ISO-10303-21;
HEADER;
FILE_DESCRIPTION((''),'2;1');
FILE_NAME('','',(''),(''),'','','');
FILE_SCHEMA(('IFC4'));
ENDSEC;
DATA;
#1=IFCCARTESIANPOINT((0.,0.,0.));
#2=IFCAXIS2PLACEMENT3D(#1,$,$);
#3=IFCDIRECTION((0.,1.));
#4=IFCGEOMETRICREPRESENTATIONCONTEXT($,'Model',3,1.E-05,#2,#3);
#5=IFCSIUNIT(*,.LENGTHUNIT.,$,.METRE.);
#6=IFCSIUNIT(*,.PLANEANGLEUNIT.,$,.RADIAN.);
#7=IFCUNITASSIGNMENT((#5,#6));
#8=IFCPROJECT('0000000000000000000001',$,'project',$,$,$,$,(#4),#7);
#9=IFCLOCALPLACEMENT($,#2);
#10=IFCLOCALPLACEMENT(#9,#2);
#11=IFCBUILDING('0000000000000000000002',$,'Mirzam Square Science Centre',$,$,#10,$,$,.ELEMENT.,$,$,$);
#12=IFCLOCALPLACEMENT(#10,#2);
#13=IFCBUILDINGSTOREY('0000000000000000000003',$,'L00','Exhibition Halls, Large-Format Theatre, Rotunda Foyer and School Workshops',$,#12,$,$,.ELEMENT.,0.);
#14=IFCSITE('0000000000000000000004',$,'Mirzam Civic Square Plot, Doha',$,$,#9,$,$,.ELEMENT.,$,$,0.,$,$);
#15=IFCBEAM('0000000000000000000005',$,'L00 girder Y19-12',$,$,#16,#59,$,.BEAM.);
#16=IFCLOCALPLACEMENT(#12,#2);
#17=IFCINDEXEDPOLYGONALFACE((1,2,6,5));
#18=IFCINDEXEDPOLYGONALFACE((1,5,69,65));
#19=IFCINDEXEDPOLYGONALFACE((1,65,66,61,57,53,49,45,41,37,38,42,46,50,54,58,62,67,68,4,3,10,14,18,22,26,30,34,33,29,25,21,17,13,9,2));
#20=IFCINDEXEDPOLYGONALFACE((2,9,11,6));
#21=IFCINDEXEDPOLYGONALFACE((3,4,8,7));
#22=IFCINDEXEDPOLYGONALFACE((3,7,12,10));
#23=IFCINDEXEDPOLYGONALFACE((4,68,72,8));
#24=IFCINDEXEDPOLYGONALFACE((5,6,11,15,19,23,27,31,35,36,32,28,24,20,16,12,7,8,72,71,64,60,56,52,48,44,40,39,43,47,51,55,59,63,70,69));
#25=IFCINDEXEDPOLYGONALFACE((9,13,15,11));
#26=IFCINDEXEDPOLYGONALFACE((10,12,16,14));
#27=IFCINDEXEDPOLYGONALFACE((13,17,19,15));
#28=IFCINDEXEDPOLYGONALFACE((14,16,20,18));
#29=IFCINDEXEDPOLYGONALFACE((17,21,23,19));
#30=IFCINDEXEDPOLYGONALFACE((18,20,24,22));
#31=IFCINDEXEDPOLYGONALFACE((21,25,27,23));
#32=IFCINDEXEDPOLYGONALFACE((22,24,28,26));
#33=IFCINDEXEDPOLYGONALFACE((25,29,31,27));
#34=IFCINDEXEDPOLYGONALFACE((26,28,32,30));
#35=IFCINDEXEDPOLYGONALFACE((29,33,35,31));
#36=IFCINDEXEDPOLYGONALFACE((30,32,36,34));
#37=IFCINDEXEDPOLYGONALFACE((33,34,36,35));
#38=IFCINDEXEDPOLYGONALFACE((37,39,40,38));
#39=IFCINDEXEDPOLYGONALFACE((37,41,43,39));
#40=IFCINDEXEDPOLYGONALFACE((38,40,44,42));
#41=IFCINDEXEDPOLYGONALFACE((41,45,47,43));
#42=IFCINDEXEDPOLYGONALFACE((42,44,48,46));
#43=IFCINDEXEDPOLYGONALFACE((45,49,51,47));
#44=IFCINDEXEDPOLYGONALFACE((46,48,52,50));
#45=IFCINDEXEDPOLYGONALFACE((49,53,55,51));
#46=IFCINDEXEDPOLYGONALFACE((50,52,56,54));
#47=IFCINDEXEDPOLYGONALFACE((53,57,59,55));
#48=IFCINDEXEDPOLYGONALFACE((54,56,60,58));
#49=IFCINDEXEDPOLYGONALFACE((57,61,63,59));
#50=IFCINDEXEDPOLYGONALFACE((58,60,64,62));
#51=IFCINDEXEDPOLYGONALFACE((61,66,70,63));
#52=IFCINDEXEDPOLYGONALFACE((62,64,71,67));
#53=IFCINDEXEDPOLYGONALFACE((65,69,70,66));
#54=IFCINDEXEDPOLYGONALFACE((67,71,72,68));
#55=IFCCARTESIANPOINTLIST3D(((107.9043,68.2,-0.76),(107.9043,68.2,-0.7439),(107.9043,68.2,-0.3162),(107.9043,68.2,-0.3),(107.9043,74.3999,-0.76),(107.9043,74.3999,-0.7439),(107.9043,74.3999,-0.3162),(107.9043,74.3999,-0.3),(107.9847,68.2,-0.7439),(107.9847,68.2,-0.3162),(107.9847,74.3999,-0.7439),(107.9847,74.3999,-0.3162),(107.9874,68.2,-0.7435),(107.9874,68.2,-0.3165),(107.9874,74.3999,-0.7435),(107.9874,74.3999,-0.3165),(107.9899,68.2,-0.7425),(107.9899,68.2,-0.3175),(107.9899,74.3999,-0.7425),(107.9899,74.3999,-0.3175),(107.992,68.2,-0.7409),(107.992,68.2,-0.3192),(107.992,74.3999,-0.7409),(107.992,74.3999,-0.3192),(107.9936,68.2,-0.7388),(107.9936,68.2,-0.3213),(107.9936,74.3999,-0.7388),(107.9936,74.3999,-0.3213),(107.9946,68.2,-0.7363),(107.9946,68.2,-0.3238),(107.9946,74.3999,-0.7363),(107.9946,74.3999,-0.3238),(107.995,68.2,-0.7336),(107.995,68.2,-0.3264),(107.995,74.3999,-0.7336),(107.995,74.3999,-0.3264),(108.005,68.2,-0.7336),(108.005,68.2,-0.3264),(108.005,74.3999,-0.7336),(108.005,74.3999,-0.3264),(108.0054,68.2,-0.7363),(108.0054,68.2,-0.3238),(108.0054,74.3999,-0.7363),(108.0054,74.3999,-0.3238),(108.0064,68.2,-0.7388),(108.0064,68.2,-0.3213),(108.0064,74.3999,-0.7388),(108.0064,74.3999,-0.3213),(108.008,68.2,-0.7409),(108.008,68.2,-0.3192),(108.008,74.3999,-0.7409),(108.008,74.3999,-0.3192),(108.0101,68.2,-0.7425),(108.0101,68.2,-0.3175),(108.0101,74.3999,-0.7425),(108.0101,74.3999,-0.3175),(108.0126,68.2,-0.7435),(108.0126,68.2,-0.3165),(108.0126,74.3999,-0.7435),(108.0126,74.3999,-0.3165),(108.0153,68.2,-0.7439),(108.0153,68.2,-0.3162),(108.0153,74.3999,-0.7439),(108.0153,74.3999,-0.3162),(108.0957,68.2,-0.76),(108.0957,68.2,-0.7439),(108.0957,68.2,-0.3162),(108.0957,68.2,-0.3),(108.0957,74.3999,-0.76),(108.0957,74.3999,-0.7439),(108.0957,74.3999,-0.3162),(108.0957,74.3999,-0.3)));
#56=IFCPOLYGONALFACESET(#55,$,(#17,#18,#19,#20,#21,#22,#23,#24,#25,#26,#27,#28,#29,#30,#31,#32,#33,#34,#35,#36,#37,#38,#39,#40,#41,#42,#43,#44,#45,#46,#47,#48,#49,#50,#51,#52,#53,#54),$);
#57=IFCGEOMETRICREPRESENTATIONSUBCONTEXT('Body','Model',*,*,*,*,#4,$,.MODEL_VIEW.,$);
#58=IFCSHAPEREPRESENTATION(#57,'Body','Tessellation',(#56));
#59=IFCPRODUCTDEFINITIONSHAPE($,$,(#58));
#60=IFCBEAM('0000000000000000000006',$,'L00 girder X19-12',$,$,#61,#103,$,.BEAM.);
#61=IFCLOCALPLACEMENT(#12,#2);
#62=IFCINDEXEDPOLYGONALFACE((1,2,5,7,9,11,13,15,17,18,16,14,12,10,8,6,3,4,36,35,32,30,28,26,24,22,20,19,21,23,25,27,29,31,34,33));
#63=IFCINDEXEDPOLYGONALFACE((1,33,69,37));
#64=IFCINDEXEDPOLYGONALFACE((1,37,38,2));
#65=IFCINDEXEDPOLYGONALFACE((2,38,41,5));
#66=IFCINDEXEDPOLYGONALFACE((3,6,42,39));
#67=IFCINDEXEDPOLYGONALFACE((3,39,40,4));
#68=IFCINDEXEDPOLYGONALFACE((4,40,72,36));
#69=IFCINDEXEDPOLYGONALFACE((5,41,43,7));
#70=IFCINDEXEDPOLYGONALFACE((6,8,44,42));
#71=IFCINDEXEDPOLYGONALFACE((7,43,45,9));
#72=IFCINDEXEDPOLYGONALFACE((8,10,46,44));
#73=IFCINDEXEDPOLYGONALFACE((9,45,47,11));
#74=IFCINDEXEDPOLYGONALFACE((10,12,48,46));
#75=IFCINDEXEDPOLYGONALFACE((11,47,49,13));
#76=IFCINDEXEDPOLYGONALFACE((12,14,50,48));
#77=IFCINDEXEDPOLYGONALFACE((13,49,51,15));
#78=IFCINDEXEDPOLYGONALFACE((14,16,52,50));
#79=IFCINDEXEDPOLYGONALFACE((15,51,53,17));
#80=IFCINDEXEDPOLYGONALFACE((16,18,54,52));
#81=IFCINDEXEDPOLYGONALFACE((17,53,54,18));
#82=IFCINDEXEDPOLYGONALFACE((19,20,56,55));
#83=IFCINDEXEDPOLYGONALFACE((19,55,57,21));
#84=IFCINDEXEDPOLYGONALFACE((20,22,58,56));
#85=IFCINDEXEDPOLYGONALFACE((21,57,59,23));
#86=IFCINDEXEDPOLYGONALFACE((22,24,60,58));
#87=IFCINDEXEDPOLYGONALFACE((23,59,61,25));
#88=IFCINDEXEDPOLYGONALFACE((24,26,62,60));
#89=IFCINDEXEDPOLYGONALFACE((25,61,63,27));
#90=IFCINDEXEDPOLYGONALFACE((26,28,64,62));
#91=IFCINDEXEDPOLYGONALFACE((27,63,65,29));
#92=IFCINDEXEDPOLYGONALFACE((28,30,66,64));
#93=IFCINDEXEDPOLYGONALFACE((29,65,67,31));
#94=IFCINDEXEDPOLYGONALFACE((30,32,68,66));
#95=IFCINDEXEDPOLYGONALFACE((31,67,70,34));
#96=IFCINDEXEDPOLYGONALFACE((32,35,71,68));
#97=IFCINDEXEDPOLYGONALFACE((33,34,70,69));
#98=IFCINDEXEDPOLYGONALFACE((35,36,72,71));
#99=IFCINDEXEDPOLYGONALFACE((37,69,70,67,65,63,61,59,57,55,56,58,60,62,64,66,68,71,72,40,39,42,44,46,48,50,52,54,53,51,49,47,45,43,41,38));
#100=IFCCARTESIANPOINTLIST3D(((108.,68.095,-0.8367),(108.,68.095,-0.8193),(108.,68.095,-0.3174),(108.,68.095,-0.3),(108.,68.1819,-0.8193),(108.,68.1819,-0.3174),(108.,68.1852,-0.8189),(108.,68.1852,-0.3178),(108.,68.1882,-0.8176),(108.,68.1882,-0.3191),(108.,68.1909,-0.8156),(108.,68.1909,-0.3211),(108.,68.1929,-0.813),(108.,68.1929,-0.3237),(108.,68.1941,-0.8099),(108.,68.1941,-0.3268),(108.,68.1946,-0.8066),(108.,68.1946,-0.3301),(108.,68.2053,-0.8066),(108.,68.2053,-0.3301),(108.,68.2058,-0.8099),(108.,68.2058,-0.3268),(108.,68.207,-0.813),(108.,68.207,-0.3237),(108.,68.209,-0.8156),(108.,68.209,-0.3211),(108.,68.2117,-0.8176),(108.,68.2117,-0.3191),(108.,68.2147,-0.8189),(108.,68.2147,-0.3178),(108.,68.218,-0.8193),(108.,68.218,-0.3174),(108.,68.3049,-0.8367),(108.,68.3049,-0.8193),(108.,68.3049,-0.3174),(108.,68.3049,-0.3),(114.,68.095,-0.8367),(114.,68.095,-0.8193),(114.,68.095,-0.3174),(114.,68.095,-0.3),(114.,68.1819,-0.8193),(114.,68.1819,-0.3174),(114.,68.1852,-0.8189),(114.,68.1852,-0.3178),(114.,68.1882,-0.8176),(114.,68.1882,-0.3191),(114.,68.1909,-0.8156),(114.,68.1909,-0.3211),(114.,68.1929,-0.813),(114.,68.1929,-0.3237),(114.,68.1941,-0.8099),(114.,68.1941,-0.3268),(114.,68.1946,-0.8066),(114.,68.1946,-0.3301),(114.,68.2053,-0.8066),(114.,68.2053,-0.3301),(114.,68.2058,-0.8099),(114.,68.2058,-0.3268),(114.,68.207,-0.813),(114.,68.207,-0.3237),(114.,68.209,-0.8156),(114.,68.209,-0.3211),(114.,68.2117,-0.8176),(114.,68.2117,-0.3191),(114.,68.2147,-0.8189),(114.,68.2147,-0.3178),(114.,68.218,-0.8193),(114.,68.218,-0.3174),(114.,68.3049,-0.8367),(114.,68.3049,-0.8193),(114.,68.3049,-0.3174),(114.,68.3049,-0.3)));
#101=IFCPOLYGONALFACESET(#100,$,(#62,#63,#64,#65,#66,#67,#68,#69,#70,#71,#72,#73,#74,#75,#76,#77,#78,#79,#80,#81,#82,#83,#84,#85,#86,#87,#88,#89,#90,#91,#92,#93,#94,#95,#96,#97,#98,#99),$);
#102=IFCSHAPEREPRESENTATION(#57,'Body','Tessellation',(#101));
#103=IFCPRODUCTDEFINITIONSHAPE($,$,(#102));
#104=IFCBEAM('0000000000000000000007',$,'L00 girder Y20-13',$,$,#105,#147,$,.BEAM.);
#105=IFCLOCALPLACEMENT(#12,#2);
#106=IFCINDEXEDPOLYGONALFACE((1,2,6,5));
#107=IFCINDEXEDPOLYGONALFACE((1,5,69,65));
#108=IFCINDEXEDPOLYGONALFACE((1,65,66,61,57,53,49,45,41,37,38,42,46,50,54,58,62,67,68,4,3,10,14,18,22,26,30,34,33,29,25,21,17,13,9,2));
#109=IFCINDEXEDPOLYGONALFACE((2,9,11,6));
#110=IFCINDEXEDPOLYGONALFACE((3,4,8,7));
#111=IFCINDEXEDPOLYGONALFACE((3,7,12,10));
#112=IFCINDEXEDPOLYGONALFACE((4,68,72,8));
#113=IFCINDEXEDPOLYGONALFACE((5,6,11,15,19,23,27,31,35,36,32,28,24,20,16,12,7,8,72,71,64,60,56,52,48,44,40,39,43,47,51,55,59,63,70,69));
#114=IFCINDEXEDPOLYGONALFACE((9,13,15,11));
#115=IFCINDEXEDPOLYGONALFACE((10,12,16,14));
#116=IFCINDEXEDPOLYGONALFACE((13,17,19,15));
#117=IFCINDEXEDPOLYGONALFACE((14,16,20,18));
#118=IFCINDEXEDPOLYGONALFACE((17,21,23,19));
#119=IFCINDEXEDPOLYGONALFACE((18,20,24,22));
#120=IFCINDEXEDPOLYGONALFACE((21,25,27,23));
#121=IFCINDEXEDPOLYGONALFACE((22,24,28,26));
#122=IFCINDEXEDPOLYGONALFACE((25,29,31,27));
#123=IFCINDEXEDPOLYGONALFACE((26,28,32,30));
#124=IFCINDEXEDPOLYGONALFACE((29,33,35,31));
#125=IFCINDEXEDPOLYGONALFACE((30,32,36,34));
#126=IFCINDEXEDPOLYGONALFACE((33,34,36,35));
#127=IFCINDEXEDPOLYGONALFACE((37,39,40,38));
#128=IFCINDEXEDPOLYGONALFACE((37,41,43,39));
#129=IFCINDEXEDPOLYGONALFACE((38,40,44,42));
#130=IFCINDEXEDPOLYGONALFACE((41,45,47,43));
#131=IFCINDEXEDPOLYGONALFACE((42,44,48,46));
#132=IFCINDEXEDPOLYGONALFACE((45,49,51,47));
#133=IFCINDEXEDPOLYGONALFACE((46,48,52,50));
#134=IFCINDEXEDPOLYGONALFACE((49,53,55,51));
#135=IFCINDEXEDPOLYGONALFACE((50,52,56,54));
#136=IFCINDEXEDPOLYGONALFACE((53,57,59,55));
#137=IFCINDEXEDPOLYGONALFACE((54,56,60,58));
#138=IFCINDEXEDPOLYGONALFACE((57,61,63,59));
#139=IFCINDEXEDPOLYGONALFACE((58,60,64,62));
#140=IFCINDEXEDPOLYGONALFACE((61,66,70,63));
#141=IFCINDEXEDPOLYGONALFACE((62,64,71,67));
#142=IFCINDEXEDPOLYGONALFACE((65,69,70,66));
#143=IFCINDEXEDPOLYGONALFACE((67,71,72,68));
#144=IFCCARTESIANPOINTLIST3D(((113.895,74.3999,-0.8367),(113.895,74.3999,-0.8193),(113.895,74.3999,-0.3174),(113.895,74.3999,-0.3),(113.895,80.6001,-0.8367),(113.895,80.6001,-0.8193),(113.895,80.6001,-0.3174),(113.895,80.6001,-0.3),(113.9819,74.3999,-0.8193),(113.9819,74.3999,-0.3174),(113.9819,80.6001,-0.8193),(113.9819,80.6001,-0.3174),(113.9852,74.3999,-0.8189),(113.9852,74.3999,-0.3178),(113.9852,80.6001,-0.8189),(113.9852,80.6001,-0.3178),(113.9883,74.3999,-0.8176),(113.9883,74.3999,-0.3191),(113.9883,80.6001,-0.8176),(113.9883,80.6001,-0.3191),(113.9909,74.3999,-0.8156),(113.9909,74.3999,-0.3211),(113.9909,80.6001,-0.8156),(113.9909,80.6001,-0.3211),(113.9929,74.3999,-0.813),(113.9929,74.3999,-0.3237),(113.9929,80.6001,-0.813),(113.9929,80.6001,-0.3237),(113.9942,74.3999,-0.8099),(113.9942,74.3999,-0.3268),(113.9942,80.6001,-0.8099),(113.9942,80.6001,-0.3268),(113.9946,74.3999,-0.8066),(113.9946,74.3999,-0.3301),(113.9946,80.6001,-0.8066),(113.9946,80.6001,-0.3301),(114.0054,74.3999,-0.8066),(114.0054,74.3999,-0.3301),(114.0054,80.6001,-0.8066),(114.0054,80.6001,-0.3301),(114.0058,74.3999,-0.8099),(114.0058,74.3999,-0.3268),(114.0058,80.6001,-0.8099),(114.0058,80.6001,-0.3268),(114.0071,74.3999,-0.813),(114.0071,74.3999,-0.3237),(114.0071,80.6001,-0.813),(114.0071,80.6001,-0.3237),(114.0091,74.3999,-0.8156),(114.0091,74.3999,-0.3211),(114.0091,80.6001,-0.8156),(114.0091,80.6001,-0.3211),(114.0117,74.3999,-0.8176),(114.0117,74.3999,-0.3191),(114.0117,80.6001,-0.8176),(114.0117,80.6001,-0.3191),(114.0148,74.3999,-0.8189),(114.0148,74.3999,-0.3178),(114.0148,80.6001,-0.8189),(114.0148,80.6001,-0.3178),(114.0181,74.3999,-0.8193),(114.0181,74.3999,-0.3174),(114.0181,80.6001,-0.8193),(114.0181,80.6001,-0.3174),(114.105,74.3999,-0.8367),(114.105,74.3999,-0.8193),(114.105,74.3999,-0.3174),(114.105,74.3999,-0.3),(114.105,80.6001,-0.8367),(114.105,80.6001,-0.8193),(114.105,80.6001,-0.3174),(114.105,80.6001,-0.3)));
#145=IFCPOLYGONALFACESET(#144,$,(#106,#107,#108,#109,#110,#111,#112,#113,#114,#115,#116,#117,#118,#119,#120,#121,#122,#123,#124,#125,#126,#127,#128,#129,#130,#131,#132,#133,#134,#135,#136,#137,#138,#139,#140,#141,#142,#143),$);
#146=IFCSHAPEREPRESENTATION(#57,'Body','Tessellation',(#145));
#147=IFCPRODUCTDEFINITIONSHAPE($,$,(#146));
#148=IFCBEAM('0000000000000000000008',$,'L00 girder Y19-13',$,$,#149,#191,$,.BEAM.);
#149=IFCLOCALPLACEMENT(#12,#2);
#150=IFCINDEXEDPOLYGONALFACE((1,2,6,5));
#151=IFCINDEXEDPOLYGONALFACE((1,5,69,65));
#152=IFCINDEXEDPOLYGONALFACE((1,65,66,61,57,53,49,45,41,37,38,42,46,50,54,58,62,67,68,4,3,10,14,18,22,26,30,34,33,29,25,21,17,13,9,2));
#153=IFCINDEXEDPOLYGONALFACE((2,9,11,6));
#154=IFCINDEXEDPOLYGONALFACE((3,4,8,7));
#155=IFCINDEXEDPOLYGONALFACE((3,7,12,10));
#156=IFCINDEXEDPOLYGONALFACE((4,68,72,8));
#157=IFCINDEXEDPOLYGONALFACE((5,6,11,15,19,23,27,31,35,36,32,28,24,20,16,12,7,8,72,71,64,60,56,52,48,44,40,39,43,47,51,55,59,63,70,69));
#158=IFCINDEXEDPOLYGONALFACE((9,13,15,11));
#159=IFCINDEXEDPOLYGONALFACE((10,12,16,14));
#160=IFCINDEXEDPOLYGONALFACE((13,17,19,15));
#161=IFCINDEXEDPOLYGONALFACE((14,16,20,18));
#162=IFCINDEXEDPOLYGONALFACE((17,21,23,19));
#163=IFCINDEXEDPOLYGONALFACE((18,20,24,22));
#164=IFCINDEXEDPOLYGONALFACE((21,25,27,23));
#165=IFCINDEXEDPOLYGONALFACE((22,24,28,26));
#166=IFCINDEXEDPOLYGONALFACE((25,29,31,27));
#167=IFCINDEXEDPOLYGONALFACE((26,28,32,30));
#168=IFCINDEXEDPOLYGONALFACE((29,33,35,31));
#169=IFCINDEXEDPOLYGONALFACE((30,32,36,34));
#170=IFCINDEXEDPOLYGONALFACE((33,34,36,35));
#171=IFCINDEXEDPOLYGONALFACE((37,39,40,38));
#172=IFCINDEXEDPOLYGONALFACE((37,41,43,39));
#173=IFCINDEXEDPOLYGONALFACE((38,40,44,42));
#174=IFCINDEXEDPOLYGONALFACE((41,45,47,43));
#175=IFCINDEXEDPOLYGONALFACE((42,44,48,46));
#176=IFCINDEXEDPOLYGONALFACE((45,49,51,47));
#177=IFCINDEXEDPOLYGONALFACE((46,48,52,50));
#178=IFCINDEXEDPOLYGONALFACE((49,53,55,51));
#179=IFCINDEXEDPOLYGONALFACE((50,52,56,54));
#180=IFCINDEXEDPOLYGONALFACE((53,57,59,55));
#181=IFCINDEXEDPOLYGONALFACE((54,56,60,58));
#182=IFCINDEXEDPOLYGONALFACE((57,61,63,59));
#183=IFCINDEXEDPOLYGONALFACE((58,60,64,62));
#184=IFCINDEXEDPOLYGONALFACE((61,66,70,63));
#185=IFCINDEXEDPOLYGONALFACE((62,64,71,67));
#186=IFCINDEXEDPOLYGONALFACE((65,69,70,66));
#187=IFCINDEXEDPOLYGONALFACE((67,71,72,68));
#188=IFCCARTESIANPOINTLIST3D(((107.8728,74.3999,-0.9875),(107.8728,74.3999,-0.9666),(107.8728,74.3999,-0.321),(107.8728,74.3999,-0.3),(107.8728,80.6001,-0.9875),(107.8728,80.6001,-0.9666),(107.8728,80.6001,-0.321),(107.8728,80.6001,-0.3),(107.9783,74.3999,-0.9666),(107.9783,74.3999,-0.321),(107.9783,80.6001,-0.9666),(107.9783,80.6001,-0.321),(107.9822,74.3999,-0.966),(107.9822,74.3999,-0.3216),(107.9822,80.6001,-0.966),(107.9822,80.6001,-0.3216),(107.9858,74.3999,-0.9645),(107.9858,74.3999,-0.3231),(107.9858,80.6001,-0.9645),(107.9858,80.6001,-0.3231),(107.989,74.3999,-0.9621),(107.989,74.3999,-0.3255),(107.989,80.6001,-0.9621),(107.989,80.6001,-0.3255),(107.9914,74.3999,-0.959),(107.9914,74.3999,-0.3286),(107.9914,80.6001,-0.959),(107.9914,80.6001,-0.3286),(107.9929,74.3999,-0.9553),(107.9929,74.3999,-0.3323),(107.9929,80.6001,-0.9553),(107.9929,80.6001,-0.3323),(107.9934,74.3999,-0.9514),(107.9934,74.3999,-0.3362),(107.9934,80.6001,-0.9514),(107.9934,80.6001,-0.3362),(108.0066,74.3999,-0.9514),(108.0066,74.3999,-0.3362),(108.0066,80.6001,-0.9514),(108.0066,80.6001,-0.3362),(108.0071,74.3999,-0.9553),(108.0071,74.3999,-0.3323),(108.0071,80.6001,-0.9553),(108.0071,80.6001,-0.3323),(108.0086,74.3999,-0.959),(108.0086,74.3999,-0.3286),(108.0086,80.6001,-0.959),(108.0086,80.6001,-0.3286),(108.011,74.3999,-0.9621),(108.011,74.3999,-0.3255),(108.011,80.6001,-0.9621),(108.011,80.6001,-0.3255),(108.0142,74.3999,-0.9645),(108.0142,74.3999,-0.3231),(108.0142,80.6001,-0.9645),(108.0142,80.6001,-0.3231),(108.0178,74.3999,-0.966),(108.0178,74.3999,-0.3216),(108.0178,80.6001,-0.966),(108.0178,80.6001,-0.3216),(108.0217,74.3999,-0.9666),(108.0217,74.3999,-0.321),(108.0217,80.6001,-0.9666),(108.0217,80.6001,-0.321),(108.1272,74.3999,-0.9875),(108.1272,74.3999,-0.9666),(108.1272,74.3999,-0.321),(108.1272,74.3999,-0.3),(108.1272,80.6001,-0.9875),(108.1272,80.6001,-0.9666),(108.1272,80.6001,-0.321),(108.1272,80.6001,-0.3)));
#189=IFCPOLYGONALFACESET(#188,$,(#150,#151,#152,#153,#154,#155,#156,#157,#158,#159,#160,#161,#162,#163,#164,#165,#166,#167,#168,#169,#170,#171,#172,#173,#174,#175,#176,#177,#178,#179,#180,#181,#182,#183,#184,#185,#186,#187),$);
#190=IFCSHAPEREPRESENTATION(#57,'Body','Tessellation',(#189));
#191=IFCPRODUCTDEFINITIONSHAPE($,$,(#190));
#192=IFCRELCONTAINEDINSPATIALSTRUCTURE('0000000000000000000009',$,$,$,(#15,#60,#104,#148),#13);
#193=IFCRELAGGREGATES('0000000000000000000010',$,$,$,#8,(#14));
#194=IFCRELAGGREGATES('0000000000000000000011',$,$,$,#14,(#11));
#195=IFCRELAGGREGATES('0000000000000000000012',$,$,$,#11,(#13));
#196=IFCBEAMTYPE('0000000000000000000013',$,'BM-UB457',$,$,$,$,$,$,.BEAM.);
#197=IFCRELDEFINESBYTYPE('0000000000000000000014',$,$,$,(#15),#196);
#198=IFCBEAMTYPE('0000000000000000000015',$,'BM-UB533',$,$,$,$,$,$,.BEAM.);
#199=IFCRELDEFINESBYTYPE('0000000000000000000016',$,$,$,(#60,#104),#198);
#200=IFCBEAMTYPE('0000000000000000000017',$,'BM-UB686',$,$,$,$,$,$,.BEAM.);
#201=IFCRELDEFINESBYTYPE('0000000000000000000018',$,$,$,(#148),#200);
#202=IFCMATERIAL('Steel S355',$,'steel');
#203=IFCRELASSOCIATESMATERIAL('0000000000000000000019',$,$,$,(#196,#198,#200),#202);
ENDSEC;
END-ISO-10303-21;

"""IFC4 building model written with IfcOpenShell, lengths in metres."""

from ifc_helpers import new_model, si_unit, direction, frame, origin, origin_2d, place, context, subcontext, project, spatial, i_section, extrude, material, material_profile, profile_set, type_object, element, save


model = new_model("IFC4")

# Units and contexts
model_context = context("Model", 3, precision=1e-05, world=origin(), true_north=direction((0.0, 1.0)))
body_context = subcontext(model_context, "Body", "Model", "MODEL_VIEW")
ifc_project = project(units=[si_unit("LENGTHUNIT", "METRE"), si_unit("PLANEANGLEUNIT", "RADIAN")], contexts=[model_context])

# Site, building, storey
site_placement = place(None, origin())
site = spatial("IfcSite", under=ifc_project, at=site_placement, Name="Mirzam Civic Square Plot, Doha", CompositionType="ELEMENT", RefElevation=0.0)
building_placement = place(site_placement, origin())
building = spatial("IfcBuilding", under=site, at=building_placement, Name="Mirzam Square Science Centre", CompositionType="ELEMENT")
storey_placement = place(building_placement, origin())
storey = spatial("IfcBuildingStorey", under=building, at=storey_placement, Name="L00", Description="Exhibition Halls, Large-Format Theatre, Rotunda Foyer and School Workshops", CompositionType="ELEMENT", Elevation=0.0)

# Shared definitions
ifc_material_1 = material(Name="Steel S355", Category="steel")

# Beams
ifc_material_profile_1 = material_profile(ifc_material_1, i_section(OverallWidth=0.1914, OverallDepth=0.46, WebThickness=0.01, FlangeThickness=0.0161, FilletRadius=0.0103, at=origin_2d()), Name="457x191x82UB")
ifc_profile_set_1 = profile_set([ifc_material_profile_1], Name="Steel S355")
beam_type_1 = type_object("IfcBeamType", Name="BM-UB457", PredefinedType="BEAM", material=ifc_profile_set_1)
beam_1_placement = place(storey_placement, frame((108.0, 68.2, -0.53), z_axis=(0.0, 1.0, 0.0), x_axis=(-1.0, 0.0, 0.0)))
element("IfcBeam", 1, at=beam_1_placement, inside=storey, type_object=beam_type_1, Name="L00 girder Y19-12", PredefinedType="BEAM", context=body_context, shape_type="SweptSolid", body=[
    extrude(i_section(OverallWidth=0.1914, OverallDepth=0.46, WebThickness=0.01, FlangeThickness=0.0161, FilletRadius=0.0103, at=origin_2d()), origin(), (0.0, 0.0, 1.0), 6.2),
])
ifc_material_profile_2 = material_profile(ifc_material_1, i_section(OverallWidth=0.21, OverallDepth=0.5366, WebThickness=0.0107, FlangeThickness=0.0173, FilletRadius=0.0127, at=origin_2d()), Name="533x210x101UB")
ifc_profile_set_2 = profile_set([ifc_material_profile_2], Name="Steel S355")
beam_type_2 = type_object("IfcBeamType", Name="BM-UB533", PredefinedType="BEAM", material=ifc_profile_set_2)
beam_2_placement = place(storey_placement, frame((108.0, 68.2, -0.5684), z_axis=(1.0, 0.0, 0.0), x_axis=(0.0, 1.0, 0.0)))
element("IfcBeam", 2, at=beam_2_placement, inside=storey, type_object=beam_type_2, Name="L00 girder X19-12", PredefinedType="BEAM", context=body_context, shape_type="SweptSolid", body=[
    extrude(i_section(OverallWidth=0.21, OverallDepth=0.5366, WebThickness=0.0107, FlangeThickness=0.0173, FilletRadius=0.0127, at=origin_2d()), origin(), (0.0, 0.0, 1.0), 6.0),
])
beam_3_placement = place(storey_placement, frame((114.0, 74.3999, -0.5684), z_axis=(0.0, 1.0, 0.0), x_axis=(-1.0, 0.0, 0.0)))
element("IfcBeam", 3, at=beam_3_placement, inside=storey, type_object=beam_type_2, Name="L00 girder Y20-13", PredefinedType="BEAM", context=body_context, shape_type="SweptSolid", body=[
    extrude(i_section(OverallWidth=0.21, OverallDepth=0.5366, WebThickness=0.0107, FlangeThickness=0.0173, FilletRadius=0.0127, at=origin_2d()), origin(), (0.0, 0.0, 1.0), 6.2002),
])
ifc_material_profile_3 = material_profile(ifc_material_1, i_section(OverallWidth=0.2544, OverallDepth=0.6875, WebThickness=0.0132, FlangeThickness=0.021, FilletRadius=0.0151, at=origin_2d()), Name="686x254x152UB")
ifc_profile_set_3 = profile_set([ifc_material_profile_3], Name="Steel S355")
beam_type_3 = type_object("IfcBeamType", Name="BM-UB686", PredefinedType="BEAM", material=ifc_profile_set_3)
beam_4_placement = place(storey_placement, frame((108.0, 74.3999, -0.6438), z_axis=(0.0, 1.0, 0.0), x_axis=(-1.0, 0.0, 0.0)))
element("IfcBeam", 4, at=beam_4_placement, inside=storey, type_object=beam_type_3, Name="L00 girder Y19-13", PredefinedType="BEAM", context=body_context, shape_type="SweptSolid", body=[
    extrude(i_section(OverallWidth=0.2544, OverallDepth=0.6875, WebThickness=0.0132, FlangeThickness=0.021, FilletRadius=0.0151, at=origin_2d()), origin(), (0.0, 0.0, 1.0), 6.2002),
])

save(model, "model.ifc")
